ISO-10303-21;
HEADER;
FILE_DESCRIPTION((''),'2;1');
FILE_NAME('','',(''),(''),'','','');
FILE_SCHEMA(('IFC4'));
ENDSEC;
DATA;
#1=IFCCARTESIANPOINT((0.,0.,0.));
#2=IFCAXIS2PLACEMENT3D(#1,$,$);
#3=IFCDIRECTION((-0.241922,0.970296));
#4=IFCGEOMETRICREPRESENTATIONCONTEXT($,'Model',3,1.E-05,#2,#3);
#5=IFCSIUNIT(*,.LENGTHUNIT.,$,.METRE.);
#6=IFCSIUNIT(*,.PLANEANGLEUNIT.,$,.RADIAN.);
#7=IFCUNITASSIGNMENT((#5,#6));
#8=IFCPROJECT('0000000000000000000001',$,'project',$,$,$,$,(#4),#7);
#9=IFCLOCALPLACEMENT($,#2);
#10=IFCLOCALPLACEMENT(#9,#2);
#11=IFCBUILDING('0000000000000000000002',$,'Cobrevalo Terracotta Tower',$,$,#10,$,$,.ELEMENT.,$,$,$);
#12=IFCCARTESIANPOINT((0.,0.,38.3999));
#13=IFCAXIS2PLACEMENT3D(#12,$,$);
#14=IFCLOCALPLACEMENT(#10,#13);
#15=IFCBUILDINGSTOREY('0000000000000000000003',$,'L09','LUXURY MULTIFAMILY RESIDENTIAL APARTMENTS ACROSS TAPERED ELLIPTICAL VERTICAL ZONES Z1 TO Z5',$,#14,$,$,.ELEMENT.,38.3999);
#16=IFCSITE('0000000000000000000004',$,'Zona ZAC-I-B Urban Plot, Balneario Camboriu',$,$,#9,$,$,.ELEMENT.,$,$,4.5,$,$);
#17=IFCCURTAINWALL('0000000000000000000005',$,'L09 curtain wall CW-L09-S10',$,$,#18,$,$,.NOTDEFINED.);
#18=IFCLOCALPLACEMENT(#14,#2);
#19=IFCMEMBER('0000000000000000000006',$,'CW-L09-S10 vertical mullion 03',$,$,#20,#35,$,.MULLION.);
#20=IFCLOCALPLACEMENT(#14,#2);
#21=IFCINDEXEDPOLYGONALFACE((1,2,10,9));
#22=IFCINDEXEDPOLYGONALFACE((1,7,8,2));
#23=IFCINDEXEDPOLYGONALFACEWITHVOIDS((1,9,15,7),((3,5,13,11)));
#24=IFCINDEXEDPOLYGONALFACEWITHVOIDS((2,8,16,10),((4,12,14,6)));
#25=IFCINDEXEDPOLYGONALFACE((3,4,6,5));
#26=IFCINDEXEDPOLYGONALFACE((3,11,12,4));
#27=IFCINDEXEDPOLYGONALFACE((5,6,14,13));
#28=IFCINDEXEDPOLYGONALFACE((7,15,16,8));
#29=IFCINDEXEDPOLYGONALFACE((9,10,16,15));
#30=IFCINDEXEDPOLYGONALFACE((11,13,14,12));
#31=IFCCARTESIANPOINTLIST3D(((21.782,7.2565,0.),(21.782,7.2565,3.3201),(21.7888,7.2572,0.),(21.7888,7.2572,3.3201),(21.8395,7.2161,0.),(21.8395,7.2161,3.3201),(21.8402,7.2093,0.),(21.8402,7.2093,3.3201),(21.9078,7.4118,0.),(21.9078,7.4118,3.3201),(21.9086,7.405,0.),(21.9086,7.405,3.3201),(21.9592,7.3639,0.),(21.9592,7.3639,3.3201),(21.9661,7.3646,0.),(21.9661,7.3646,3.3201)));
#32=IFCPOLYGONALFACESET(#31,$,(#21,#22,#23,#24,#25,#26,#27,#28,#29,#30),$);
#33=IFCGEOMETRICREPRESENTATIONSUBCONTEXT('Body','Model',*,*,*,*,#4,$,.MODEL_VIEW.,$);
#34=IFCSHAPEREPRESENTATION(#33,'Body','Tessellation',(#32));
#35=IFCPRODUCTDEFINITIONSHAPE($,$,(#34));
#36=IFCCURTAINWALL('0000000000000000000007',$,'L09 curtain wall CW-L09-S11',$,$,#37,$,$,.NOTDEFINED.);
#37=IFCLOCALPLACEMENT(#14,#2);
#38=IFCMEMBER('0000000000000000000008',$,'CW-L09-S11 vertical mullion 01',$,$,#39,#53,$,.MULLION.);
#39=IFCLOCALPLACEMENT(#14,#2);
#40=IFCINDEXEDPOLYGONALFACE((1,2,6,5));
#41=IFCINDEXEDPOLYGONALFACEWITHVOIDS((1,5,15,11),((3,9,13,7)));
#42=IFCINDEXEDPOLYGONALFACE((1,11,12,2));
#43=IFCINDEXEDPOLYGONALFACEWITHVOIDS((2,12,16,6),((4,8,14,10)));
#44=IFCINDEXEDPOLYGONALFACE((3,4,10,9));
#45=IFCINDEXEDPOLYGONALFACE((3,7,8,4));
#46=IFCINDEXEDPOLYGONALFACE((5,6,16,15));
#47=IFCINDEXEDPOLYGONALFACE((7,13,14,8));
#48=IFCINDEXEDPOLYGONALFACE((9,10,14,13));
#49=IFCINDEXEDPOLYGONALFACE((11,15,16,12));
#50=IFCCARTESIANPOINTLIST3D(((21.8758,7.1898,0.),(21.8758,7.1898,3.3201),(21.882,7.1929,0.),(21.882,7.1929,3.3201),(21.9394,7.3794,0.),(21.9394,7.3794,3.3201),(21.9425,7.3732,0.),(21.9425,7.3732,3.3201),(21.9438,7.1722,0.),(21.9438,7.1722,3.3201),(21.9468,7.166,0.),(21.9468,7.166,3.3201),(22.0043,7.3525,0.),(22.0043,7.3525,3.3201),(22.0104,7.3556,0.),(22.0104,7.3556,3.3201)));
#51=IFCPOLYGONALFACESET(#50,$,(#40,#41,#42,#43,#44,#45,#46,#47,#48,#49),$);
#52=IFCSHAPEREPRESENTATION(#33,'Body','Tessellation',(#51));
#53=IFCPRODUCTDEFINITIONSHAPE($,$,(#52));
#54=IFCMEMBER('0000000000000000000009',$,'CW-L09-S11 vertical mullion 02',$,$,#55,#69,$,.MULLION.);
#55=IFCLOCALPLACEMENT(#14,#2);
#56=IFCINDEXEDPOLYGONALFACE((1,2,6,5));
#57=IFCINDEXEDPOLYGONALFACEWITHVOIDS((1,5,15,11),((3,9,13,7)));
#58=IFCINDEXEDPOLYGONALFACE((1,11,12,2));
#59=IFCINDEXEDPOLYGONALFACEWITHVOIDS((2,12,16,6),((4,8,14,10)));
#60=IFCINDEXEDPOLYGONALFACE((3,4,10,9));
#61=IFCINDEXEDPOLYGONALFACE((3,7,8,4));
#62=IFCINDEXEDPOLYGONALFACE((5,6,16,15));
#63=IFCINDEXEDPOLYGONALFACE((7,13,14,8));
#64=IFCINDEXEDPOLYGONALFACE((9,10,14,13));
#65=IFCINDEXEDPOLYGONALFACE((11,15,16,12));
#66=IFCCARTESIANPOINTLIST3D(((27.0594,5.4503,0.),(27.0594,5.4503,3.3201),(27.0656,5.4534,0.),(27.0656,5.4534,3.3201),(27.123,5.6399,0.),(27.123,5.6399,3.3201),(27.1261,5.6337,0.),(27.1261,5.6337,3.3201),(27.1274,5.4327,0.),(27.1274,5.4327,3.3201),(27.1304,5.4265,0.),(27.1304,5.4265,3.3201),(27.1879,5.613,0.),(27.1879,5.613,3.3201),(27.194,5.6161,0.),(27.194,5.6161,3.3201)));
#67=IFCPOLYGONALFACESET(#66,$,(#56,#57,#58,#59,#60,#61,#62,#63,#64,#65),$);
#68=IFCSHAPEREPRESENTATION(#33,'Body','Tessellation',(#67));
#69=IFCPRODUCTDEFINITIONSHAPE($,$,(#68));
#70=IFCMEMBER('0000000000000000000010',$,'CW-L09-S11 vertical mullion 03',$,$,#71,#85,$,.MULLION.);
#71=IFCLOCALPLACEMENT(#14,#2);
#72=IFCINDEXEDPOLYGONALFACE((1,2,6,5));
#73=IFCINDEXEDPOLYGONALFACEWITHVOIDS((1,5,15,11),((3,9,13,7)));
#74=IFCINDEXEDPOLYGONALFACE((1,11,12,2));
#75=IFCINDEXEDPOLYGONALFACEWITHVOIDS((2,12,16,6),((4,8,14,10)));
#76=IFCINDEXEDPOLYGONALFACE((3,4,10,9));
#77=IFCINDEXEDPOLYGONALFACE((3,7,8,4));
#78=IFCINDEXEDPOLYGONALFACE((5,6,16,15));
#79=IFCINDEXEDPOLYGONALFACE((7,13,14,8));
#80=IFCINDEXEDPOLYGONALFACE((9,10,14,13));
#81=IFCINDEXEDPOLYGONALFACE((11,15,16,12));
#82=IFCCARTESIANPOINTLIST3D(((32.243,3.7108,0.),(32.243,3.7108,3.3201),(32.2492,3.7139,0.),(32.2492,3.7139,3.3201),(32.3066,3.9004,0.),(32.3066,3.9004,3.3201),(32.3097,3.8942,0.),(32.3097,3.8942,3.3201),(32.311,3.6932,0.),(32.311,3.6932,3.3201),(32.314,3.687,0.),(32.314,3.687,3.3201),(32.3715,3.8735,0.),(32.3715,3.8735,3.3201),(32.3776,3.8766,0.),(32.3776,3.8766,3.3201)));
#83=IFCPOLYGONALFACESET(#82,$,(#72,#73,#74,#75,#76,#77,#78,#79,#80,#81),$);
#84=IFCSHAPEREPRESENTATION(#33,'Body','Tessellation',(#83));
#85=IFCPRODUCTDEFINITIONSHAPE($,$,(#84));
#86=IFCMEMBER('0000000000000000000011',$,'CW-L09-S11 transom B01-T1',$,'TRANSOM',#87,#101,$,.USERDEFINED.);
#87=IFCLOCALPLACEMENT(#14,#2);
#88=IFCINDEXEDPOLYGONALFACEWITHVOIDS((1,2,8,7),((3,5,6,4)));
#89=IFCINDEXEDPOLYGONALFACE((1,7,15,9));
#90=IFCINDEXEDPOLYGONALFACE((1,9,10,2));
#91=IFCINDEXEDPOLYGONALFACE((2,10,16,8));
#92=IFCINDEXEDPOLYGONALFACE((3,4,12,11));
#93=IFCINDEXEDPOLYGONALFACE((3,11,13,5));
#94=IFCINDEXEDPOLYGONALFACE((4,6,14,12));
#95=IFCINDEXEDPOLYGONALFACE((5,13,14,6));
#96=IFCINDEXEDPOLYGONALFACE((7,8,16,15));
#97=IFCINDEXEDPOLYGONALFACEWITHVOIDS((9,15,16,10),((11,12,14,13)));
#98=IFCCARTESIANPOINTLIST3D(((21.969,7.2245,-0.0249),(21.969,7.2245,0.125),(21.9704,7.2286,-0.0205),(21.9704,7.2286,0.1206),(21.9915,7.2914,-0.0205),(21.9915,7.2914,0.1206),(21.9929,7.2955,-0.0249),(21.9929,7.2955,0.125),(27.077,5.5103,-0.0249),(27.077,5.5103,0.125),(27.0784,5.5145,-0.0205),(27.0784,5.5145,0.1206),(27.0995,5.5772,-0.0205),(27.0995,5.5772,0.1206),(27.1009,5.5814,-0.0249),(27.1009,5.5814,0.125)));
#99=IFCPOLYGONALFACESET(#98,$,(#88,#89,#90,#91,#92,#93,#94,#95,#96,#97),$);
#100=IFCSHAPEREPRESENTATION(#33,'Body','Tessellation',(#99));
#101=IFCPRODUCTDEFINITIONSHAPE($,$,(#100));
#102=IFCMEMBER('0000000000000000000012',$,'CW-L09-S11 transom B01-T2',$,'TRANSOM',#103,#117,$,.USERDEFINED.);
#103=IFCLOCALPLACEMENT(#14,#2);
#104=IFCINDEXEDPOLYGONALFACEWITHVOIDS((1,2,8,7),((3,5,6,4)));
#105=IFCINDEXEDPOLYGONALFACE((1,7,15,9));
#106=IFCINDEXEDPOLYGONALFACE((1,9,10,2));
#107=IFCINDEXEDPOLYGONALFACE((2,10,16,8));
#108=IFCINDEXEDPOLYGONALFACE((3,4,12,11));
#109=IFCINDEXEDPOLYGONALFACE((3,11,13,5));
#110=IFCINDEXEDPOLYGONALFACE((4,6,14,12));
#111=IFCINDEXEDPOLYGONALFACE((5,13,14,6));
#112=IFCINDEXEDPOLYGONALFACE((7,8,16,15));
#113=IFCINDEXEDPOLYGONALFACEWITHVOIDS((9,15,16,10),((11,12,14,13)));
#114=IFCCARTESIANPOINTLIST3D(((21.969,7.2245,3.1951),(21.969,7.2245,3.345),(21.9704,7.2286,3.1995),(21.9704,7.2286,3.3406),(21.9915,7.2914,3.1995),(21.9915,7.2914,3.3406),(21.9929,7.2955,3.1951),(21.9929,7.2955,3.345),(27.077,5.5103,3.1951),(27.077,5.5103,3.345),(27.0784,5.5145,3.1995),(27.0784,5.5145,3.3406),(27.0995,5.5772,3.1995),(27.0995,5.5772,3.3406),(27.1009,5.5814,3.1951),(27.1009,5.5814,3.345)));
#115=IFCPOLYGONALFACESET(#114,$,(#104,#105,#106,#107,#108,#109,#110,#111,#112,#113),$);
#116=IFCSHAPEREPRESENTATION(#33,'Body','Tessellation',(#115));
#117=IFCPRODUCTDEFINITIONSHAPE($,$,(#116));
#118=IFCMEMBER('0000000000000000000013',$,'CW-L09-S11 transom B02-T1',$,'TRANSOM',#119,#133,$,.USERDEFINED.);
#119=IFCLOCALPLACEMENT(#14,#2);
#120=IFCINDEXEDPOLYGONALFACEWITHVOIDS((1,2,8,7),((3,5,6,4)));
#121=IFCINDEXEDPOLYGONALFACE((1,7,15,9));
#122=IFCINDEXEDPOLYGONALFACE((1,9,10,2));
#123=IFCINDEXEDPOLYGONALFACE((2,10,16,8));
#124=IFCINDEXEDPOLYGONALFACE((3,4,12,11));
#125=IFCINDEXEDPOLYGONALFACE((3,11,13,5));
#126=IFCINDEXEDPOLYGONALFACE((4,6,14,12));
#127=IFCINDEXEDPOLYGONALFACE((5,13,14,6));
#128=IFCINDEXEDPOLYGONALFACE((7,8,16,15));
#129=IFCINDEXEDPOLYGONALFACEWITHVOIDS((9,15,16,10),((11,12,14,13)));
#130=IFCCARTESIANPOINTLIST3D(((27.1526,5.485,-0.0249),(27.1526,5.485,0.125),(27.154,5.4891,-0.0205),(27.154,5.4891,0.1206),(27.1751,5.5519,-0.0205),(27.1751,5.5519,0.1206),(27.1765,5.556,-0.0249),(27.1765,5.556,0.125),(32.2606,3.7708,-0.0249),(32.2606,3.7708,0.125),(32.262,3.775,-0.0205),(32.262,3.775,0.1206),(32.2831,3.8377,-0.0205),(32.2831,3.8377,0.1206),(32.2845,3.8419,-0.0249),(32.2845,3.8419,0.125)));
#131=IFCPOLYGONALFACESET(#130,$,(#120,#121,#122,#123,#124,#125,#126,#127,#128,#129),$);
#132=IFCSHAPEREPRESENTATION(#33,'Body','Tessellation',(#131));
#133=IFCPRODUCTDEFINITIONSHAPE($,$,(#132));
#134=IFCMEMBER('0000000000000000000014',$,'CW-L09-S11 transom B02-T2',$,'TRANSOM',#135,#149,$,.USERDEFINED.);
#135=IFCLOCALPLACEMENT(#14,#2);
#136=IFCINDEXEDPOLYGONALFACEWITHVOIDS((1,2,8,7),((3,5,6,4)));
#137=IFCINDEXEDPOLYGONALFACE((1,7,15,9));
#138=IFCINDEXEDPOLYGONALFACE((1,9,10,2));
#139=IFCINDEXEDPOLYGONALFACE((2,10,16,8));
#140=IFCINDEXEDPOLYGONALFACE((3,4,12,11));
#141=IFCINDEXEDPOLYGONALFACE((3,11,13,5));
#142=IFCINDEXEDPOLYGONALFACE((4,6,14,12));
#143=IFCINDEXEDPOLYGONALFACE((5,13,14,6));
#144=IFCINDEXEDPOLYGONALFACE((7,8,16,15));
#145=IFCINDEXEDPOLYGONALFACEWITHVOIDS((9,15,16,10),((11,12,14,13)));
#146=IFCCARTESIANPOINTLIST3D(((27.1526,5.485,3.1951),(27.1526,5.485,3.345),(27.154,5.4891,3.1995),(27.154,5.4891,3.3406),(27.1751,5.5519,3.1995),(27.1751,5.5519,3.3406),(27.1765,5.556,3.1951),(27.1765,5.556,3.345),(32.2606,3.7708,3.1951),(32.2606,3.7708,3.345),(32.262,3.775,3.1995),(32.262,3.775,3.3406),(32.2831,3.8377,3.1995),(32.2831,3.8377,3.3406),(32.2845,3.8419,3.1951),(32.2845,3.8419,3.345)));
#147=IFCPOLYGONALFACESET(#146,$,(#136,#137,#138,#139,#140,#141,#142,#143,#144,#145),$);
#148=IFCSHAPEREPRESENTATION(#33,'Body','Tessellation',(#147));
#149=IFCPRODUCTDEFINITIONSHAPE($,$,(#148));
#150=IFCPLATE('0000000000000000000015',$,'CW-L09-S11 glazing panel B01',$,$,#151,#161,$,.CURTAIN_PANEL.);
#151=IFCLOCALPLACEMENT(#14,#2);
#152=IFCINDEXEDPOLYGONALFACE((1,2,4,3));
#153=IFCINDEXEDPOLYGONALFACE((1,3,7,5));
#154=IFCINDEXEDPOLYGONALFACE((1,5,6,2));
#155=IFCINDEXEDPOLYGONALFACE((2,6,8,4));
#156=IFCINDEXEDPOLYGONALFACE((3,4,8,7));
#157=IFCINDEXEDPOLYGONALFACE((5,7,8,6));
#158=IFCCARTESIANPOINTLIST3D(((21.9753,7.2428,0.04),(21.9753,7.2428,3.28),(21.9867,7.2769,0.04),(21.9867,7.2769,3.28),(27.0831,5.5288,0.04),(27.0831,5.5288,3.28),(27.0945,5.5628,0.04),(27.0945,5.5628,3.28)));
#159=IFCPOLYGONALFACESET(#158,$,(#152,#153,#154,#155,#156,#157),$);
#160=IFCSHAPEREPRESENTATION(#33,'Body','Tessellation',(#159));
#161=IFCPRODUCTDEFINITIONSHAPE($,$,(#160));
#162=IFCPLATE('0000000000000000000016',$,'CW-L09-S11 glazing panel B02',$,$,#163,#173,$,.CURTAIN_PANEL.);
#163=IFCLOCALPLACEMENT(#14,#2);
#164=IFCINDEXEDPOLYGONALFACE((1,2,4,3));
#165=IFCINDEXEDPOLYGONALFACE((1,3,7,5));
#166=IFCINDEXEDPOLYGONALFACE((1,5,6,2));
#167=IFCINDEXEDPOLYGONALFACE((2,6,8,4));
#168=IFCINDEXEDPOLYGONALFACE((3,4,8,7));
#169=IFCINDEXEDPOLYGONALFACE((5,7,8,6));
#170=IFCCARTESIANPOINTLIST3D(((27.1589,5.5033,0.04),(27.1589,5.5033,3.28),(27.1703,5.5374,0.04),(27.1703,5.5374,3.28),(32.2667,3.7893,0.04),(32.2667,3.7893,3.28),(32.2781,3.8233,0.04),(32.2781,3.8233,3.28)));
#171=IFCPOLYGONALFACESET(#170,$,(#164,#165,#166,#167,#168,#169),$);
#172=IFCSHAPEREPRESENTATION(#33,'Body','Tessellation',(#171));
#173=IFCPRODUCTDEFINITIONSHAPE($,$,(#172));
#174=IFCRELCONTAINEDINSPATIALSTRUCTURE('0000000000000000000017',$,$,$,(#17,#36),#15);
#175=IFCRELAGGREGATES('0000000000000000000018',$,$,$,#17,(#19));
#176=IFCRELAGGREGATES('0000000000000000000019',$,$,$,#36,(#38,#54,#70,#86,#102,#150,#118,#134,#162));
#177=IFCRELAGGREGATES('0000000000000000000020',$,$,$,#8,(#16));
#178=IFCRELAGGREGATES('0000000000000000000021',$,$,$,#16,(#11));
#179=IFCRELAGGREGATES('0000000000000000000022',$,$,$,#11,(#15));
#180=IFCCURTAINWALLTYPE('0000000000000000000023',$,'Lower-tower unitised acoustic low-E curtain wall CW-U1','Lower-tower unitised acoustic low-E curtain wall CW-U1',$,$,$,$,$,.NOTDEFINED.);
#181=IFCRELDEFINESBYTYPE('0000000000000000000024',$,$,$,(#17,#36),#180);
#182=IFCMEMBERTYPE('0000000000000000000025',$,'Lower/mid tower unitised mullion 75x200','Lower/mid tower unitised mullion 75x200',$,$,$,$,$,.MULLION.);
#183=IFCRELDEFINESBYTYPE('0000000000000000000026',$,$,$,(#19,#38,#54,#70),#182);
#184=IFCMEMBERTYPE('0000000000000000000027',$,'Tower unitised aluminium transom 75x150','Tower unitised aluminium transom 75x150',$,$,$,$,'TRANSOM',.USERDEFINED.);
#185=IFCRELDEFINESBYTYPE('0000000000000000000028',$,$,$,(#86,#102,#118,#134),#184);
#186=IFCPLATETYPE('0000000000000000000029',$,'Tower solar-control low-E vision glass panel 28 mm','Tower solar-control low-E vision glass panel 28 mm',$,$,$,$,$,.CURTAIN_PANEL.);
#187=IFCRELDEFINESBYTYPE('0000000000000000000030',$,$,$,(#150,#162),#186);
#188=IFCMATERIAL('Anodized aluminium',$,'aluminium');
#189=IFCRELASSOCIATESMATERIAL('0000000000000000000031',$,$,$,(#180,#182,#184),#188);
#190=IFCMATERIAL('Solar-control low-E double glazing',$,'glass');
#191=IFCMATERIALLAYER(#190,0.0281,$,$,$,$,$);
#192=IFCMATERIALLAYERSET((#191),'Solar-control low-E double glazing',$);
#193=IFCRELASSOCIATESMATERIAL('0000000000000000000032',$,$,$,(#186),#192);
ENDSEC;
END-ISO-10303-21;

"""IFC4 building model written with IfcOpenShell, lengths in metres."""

from ifc_helpers import new_model, si_unit, direction, frame, origin, origin_2d, place, context, subcontext, project, spatial, rectangle, hollow_rectangle, extrude, source, transform, mapped, material, layer, layer_set, material_profile, profile_set, type_object, element, aggregate, save


model = new_model("IFC4")

# Units and contexts
model_context = context("Model", 3, precision=1e-05, world=origin(), true_north=direction((-0.241922, 0.970296)))
body_context = subcontext(model_context, "Body", "Model", "MODEL_VIEW")
ifc_project = project(units=[si_unit("LENGTHUNIT", "METRE"), si_unit("PLANEANGLEUNIT", "RADIAN")], contexts=[model_context])

# Site, building, storey
site_placement = place(None, origin())
site = spatial("IfcSite", under=ifc_project, at=site_placement, Name="Zona ZAC-I-B Urban Plot, Balneario Camboriu", CompositionType="ELEMENT", RefElevation=4.5)
building_placement = place(site_placement, origin())
building = spatial("IfcBuilding", under=site, at=building_placement, Name="Cobrevalo Terracotta Tower", CompositionType="ELEMENT")
storey_placement = place(building_placement, frame((0.0, 0.0, 38.3999)))
storey = spatial("IfcBuildingStorey", under=building, at=storey_placement, Name="L09", Description="LUXURY MULTIFAMILY RESIDENTIAL APARTMENTS ACROSS TAPERED ELLIPTICAL VERTICAL ZONES Z1 TO Z5", CompositionType="ELEMENT", Elevation=38.3999)

# Curtain wall, member
ifc_material_1 = material(Name="Anodized aluminium", Category="aluminium")
curtain_wall_type = type_object("IfcCurtainWallType", Name="Lower-tower unitised acoustic low-E curtain wall CW-U1", Description="Lower-tower unitised acoustic low-E curtain wall CW-U1", PredefinedType="NOTDEFINED", material=ifc_material_1)
curtain_wall_1_placement = place(storey_placement, origin())
curtain_wall_1 = element("IfcCurtainWall", 1, at=curtain_wall_1_placement, inside=storey, type_object=curtain_wall_type, Name="L09 curtain wall CW-L09-S10", PredefinedType="NOTDEFINED")
ifc_material_profile_1 = material_profile(ifc_material_1, hollow_rectangle(XDim=0.075, YDim=0.2, WallThickness=0.0049, at=origin_2d()), Name="CWM 75x200")
ifc_profile_set_1 = profile_set([ifc_material_profile_1], Name="Anodized aluminium")
member_type_1 = type_object("IfcMemberType", Name="Lower/mid tower unitised mullion 75x200", Description="Lower/mid tower unitised mullion 75x200", PredefinedType="MULLION", material=ifc_profile_set_1)
shared_shape_1 = source(origin(), body_context, "Body", "SweptSolid", [
    extrude(hollow_rectangle(XDim=0.075, YDim=0.2, WallThickness=0.0049, at=origin_2d()), origin(), (0.0, 0.0, 1.0), 3.3201),
])
member_1_placement = place(storey_placement, frame((21.874, 7.3105, 0.0), z_axis=(0.0, 0.0, 1.0), x_axis=(0.777003, -0.629497, 0.0)))
member_1 = element("IfcMember", 2, at=member_1_placement, type_object=member_type_1, Name="CW-L09-S10 vertical mullion 03", PredefinedType="MULLION", context=body_context, shape_type="MappedRepresentation", body=[
    mapped(shared_shape_1, transform((0.0, 0.0, 0.0), scale=1.0)),
])
aggregate(curtain_wall_1, [member_1])

# Curtain wall, members, plates
curtain_wall_2_placement = place(storey_placement, origin())
curtain_wall_2 = element("IfcCurtainWall", 3, at=curtain_wall_2_placement, inside=storey, type_object=curtain_wall_type, Name="L09 curtain wall CW-L09-S11", PredefinedType="NOTDEFINED")
member_2_placement = place(storey_placement, frame((21.9431, 7.2727, 0.0), z_axis=(0.0, 0.0, 1.0), x_axis=(0.948046, -0.318132, 0.0)))
member_2 = element("IfcMember", 4, at=member_2_placement, type_object=member_type_1, Name="CW-L09-S11 vertical mullion 01", PredefinedType="MULLION", context=body_context, shape_type="MappedRepresentation", body=[
    mapped(shared_shape_1, transform((0.0, 0.0, 0.0), scale=1.0)),
])
member_3_placement = place(storey_placement, frame((27.1267, 5.5332, 0.0), z_axis=(0.0, 0.0, 1.0), x_axis=(0.948046, -0.318132, 0.0)))
member_3 = element("IfcMember", 5, at=member_3_placement, type_object=member_type_1, Name="CW-L09-S11 vertical mullion 02", PredefinedType="MULLION", context=body_context, shape_type="MappedRepresentation", body=[
    mapped(shared_shape_1, transform((0.0, 0.0, 0.0), scale=1.0)),
])
member_4_placement = place(storey_placement, frame((32.3103, 3.7937, 0.0), z_axis=(0.0, 0.0, 1.0), x_axis=(0.948046, -0.318132, 0.0)))
member_4 = element("IfcMember", 6, at=member_4_placement, type_object=member_type_1, Name="CW-L09-S11 vertical mullion 03", PredefinedType="MULLION", context=body_context, shape_type="MappedRepresentation", body=[
    mapped(shared_shape_1, transform((0.0, 0.0, 0.0), scale=1.0)),
])
ifc_material_profile_2 = material_profile(ifc_material_1, hollow_rectangle(XDim=0.075, YDim=0.1499, WallThickness=0.0044, at=origin_2d()), Name="CWT 75x150")
ifc_profile_set_2 = profile_set([ifc_material_profile_2], Name="Anodized aluminium")
member_type_2 = type_object("IfcMemberType", Name="Tower unitised aluminium transom 75x150", Description="Tower unitised aluminium transom 75x150", ElementType="TRANSOM", PredefinedType="USERDEFINED", material=ifc_profile_set_2)
shared_shape_2 = source(origin(), body_context, "Body", "SweptSolid", [
    extrude(hollow_rectangle(XDim=0.075, YDim=0.1499, WallThickness=0.0044, at=origin_2d()), origin(), (0.0, 0.0, 1.0), 5.3879),
])
member_5_placement = place(storey_placement, frame((21.981, 7.26, 0.05), z_axis=(0.948042, -0.318144, 0.0), x_axis=(0.318144, 0.948042, 0.0)))
member_5 = element("IfcMember", 7, at=member_5_placement, type_object=member_type_2, Name="CW-L09-S11 transom B01-T1", ObjectType="TRANSOM", PredefinedType="USERDEFINED", context=body_context, shape_type="MappedRepresentation", body=[
    mapped(shared_shape_2, transform((0.0, 0.0, 0.0), scale=1.0)),
])
member_6_placement = place(storey_placement, frame((21.981, 7.26, 3.27), z_axis=(0.948042, -0.318144, 0.0), x_axis=(0.318144, 0.948042, 0.0)))
member_6 = element("IfcMember", 8, at=member_6_placement, type_object=member_type_2, Name="CW-L09-S11 transom B01-T2", ObjectType="TRANSOM", PredefinedType="USERDEFINED", context=body_context, shape_type="MappedRepresentation", body=[
    mapped(shared_shape_2, transform((0.0, 0.0, 0.0), scale=1.0)),
])
member_7_placement = place(storey_placement, frame((27.1646, 5.5205, 0.05), z_axis=(0.948042, -0.318144, 0.0), x_axis=(0.318144, 0.948042, 0.0)))
member_7 = element("IfcMember", 9, at=member_7_placement, type_object=member_type_2, Name="CW-L09-S11 transom B02-T1", ObjectType="TRANSOM", PredefinedType="USERDEFINED", context=body_context, shape_type="MappedRepresentation", body=[
    mapped(shared_shape_2, transform((0.0, 0.0, 0.0), scale=1.0)),
])
member_8_placement = place(storey_placement, frame((27.1646, 5.5205, 3.27), z_axis=(0.948042, -0.318144, 0.0), x_axis=(0.318144, 0.948042, 0.0)))
member_8 = element("IfcMember", 10, at=member_8_placement, type_object=member_type_2, Name="CW-L09-S11 transom B02-T2", ObjectType="TRANSOM", PredefinedType="USERDEFINED", context=body_context, shape_type="MappedRepresentation", body=[
    mapped(shared_shape_2, transform((0.0, 0.0, 0.0), scale=1.0)),
])
ifc_material_2 = material(Name="Solar-control low-E double glazing", Category="glass")
ifc_layer_1 = layer(ifc_material_2, 0.0281)
ifc_layer_set_1 = layer_set([ifc_layer_1], Name="Solar-control low-E double glazing")
plate_type = type_object("IfcPlateType", Name="Tower solar-control low-E vision glass panel 28 mm", Description="Tower solar-control low-E vision glass panel 28 mm", PredefinedType="CURTAIN_PANEL", material=ifc_layer_set_1)
shared_shape_3 = source(origin(), body_context, "Body", "SweptSolid", [
    extrude(rectangle(XDim=5.3877, YDim=0.0359, at=origin_2d()), origin(), (0.0, 0.0, 1.0), 3.24),
])
plate_1_placement = place(storey_placement, frame((24.5349, 6.4028, 0.04), z_axis=(0.0, 0.0, 1.0), x_axis=(0.948044, -0.318139, 0.0)))
plate_1 = element("IfcPlate", 11, at=plate_1_placement, type_object=plate_type, Name="CW-L09-S11 glazing panel B01", PredefinedType="CURTAIN_PANEL", context=body_context, shape_type="MappedRepresentation", body=[
    mapped(shared_shape_3, transform((0.0, 0.0, 0.0), scale=1.0)),
])
plate_2_placement = place(storey_placement, frame((29.7185, 4.6633, 0.04), z_axis=(0.0, 0.0, 1.0), x_axis=(0.948044, -0.318139, 0.0)))
plate_2 = element("IfcPlate", 12, at=plate_2_placement, type_object=plate_type, Name="CW-L09-S11 glazing panel B02", PredefinedType="CURTAIN_PANEL", context=body_context, shape_type="MappedRepresentation", body=[
    mapped(shared_shape_3, transform((0.0, 0.0, 0.0), scale=1.0)),
])
aggregate(curtain_wall_2, [member_2, member_3, member_4, member_5, member_6, plate_1, member_7, member_8, plate_2])

save(model, "model.ifc")
